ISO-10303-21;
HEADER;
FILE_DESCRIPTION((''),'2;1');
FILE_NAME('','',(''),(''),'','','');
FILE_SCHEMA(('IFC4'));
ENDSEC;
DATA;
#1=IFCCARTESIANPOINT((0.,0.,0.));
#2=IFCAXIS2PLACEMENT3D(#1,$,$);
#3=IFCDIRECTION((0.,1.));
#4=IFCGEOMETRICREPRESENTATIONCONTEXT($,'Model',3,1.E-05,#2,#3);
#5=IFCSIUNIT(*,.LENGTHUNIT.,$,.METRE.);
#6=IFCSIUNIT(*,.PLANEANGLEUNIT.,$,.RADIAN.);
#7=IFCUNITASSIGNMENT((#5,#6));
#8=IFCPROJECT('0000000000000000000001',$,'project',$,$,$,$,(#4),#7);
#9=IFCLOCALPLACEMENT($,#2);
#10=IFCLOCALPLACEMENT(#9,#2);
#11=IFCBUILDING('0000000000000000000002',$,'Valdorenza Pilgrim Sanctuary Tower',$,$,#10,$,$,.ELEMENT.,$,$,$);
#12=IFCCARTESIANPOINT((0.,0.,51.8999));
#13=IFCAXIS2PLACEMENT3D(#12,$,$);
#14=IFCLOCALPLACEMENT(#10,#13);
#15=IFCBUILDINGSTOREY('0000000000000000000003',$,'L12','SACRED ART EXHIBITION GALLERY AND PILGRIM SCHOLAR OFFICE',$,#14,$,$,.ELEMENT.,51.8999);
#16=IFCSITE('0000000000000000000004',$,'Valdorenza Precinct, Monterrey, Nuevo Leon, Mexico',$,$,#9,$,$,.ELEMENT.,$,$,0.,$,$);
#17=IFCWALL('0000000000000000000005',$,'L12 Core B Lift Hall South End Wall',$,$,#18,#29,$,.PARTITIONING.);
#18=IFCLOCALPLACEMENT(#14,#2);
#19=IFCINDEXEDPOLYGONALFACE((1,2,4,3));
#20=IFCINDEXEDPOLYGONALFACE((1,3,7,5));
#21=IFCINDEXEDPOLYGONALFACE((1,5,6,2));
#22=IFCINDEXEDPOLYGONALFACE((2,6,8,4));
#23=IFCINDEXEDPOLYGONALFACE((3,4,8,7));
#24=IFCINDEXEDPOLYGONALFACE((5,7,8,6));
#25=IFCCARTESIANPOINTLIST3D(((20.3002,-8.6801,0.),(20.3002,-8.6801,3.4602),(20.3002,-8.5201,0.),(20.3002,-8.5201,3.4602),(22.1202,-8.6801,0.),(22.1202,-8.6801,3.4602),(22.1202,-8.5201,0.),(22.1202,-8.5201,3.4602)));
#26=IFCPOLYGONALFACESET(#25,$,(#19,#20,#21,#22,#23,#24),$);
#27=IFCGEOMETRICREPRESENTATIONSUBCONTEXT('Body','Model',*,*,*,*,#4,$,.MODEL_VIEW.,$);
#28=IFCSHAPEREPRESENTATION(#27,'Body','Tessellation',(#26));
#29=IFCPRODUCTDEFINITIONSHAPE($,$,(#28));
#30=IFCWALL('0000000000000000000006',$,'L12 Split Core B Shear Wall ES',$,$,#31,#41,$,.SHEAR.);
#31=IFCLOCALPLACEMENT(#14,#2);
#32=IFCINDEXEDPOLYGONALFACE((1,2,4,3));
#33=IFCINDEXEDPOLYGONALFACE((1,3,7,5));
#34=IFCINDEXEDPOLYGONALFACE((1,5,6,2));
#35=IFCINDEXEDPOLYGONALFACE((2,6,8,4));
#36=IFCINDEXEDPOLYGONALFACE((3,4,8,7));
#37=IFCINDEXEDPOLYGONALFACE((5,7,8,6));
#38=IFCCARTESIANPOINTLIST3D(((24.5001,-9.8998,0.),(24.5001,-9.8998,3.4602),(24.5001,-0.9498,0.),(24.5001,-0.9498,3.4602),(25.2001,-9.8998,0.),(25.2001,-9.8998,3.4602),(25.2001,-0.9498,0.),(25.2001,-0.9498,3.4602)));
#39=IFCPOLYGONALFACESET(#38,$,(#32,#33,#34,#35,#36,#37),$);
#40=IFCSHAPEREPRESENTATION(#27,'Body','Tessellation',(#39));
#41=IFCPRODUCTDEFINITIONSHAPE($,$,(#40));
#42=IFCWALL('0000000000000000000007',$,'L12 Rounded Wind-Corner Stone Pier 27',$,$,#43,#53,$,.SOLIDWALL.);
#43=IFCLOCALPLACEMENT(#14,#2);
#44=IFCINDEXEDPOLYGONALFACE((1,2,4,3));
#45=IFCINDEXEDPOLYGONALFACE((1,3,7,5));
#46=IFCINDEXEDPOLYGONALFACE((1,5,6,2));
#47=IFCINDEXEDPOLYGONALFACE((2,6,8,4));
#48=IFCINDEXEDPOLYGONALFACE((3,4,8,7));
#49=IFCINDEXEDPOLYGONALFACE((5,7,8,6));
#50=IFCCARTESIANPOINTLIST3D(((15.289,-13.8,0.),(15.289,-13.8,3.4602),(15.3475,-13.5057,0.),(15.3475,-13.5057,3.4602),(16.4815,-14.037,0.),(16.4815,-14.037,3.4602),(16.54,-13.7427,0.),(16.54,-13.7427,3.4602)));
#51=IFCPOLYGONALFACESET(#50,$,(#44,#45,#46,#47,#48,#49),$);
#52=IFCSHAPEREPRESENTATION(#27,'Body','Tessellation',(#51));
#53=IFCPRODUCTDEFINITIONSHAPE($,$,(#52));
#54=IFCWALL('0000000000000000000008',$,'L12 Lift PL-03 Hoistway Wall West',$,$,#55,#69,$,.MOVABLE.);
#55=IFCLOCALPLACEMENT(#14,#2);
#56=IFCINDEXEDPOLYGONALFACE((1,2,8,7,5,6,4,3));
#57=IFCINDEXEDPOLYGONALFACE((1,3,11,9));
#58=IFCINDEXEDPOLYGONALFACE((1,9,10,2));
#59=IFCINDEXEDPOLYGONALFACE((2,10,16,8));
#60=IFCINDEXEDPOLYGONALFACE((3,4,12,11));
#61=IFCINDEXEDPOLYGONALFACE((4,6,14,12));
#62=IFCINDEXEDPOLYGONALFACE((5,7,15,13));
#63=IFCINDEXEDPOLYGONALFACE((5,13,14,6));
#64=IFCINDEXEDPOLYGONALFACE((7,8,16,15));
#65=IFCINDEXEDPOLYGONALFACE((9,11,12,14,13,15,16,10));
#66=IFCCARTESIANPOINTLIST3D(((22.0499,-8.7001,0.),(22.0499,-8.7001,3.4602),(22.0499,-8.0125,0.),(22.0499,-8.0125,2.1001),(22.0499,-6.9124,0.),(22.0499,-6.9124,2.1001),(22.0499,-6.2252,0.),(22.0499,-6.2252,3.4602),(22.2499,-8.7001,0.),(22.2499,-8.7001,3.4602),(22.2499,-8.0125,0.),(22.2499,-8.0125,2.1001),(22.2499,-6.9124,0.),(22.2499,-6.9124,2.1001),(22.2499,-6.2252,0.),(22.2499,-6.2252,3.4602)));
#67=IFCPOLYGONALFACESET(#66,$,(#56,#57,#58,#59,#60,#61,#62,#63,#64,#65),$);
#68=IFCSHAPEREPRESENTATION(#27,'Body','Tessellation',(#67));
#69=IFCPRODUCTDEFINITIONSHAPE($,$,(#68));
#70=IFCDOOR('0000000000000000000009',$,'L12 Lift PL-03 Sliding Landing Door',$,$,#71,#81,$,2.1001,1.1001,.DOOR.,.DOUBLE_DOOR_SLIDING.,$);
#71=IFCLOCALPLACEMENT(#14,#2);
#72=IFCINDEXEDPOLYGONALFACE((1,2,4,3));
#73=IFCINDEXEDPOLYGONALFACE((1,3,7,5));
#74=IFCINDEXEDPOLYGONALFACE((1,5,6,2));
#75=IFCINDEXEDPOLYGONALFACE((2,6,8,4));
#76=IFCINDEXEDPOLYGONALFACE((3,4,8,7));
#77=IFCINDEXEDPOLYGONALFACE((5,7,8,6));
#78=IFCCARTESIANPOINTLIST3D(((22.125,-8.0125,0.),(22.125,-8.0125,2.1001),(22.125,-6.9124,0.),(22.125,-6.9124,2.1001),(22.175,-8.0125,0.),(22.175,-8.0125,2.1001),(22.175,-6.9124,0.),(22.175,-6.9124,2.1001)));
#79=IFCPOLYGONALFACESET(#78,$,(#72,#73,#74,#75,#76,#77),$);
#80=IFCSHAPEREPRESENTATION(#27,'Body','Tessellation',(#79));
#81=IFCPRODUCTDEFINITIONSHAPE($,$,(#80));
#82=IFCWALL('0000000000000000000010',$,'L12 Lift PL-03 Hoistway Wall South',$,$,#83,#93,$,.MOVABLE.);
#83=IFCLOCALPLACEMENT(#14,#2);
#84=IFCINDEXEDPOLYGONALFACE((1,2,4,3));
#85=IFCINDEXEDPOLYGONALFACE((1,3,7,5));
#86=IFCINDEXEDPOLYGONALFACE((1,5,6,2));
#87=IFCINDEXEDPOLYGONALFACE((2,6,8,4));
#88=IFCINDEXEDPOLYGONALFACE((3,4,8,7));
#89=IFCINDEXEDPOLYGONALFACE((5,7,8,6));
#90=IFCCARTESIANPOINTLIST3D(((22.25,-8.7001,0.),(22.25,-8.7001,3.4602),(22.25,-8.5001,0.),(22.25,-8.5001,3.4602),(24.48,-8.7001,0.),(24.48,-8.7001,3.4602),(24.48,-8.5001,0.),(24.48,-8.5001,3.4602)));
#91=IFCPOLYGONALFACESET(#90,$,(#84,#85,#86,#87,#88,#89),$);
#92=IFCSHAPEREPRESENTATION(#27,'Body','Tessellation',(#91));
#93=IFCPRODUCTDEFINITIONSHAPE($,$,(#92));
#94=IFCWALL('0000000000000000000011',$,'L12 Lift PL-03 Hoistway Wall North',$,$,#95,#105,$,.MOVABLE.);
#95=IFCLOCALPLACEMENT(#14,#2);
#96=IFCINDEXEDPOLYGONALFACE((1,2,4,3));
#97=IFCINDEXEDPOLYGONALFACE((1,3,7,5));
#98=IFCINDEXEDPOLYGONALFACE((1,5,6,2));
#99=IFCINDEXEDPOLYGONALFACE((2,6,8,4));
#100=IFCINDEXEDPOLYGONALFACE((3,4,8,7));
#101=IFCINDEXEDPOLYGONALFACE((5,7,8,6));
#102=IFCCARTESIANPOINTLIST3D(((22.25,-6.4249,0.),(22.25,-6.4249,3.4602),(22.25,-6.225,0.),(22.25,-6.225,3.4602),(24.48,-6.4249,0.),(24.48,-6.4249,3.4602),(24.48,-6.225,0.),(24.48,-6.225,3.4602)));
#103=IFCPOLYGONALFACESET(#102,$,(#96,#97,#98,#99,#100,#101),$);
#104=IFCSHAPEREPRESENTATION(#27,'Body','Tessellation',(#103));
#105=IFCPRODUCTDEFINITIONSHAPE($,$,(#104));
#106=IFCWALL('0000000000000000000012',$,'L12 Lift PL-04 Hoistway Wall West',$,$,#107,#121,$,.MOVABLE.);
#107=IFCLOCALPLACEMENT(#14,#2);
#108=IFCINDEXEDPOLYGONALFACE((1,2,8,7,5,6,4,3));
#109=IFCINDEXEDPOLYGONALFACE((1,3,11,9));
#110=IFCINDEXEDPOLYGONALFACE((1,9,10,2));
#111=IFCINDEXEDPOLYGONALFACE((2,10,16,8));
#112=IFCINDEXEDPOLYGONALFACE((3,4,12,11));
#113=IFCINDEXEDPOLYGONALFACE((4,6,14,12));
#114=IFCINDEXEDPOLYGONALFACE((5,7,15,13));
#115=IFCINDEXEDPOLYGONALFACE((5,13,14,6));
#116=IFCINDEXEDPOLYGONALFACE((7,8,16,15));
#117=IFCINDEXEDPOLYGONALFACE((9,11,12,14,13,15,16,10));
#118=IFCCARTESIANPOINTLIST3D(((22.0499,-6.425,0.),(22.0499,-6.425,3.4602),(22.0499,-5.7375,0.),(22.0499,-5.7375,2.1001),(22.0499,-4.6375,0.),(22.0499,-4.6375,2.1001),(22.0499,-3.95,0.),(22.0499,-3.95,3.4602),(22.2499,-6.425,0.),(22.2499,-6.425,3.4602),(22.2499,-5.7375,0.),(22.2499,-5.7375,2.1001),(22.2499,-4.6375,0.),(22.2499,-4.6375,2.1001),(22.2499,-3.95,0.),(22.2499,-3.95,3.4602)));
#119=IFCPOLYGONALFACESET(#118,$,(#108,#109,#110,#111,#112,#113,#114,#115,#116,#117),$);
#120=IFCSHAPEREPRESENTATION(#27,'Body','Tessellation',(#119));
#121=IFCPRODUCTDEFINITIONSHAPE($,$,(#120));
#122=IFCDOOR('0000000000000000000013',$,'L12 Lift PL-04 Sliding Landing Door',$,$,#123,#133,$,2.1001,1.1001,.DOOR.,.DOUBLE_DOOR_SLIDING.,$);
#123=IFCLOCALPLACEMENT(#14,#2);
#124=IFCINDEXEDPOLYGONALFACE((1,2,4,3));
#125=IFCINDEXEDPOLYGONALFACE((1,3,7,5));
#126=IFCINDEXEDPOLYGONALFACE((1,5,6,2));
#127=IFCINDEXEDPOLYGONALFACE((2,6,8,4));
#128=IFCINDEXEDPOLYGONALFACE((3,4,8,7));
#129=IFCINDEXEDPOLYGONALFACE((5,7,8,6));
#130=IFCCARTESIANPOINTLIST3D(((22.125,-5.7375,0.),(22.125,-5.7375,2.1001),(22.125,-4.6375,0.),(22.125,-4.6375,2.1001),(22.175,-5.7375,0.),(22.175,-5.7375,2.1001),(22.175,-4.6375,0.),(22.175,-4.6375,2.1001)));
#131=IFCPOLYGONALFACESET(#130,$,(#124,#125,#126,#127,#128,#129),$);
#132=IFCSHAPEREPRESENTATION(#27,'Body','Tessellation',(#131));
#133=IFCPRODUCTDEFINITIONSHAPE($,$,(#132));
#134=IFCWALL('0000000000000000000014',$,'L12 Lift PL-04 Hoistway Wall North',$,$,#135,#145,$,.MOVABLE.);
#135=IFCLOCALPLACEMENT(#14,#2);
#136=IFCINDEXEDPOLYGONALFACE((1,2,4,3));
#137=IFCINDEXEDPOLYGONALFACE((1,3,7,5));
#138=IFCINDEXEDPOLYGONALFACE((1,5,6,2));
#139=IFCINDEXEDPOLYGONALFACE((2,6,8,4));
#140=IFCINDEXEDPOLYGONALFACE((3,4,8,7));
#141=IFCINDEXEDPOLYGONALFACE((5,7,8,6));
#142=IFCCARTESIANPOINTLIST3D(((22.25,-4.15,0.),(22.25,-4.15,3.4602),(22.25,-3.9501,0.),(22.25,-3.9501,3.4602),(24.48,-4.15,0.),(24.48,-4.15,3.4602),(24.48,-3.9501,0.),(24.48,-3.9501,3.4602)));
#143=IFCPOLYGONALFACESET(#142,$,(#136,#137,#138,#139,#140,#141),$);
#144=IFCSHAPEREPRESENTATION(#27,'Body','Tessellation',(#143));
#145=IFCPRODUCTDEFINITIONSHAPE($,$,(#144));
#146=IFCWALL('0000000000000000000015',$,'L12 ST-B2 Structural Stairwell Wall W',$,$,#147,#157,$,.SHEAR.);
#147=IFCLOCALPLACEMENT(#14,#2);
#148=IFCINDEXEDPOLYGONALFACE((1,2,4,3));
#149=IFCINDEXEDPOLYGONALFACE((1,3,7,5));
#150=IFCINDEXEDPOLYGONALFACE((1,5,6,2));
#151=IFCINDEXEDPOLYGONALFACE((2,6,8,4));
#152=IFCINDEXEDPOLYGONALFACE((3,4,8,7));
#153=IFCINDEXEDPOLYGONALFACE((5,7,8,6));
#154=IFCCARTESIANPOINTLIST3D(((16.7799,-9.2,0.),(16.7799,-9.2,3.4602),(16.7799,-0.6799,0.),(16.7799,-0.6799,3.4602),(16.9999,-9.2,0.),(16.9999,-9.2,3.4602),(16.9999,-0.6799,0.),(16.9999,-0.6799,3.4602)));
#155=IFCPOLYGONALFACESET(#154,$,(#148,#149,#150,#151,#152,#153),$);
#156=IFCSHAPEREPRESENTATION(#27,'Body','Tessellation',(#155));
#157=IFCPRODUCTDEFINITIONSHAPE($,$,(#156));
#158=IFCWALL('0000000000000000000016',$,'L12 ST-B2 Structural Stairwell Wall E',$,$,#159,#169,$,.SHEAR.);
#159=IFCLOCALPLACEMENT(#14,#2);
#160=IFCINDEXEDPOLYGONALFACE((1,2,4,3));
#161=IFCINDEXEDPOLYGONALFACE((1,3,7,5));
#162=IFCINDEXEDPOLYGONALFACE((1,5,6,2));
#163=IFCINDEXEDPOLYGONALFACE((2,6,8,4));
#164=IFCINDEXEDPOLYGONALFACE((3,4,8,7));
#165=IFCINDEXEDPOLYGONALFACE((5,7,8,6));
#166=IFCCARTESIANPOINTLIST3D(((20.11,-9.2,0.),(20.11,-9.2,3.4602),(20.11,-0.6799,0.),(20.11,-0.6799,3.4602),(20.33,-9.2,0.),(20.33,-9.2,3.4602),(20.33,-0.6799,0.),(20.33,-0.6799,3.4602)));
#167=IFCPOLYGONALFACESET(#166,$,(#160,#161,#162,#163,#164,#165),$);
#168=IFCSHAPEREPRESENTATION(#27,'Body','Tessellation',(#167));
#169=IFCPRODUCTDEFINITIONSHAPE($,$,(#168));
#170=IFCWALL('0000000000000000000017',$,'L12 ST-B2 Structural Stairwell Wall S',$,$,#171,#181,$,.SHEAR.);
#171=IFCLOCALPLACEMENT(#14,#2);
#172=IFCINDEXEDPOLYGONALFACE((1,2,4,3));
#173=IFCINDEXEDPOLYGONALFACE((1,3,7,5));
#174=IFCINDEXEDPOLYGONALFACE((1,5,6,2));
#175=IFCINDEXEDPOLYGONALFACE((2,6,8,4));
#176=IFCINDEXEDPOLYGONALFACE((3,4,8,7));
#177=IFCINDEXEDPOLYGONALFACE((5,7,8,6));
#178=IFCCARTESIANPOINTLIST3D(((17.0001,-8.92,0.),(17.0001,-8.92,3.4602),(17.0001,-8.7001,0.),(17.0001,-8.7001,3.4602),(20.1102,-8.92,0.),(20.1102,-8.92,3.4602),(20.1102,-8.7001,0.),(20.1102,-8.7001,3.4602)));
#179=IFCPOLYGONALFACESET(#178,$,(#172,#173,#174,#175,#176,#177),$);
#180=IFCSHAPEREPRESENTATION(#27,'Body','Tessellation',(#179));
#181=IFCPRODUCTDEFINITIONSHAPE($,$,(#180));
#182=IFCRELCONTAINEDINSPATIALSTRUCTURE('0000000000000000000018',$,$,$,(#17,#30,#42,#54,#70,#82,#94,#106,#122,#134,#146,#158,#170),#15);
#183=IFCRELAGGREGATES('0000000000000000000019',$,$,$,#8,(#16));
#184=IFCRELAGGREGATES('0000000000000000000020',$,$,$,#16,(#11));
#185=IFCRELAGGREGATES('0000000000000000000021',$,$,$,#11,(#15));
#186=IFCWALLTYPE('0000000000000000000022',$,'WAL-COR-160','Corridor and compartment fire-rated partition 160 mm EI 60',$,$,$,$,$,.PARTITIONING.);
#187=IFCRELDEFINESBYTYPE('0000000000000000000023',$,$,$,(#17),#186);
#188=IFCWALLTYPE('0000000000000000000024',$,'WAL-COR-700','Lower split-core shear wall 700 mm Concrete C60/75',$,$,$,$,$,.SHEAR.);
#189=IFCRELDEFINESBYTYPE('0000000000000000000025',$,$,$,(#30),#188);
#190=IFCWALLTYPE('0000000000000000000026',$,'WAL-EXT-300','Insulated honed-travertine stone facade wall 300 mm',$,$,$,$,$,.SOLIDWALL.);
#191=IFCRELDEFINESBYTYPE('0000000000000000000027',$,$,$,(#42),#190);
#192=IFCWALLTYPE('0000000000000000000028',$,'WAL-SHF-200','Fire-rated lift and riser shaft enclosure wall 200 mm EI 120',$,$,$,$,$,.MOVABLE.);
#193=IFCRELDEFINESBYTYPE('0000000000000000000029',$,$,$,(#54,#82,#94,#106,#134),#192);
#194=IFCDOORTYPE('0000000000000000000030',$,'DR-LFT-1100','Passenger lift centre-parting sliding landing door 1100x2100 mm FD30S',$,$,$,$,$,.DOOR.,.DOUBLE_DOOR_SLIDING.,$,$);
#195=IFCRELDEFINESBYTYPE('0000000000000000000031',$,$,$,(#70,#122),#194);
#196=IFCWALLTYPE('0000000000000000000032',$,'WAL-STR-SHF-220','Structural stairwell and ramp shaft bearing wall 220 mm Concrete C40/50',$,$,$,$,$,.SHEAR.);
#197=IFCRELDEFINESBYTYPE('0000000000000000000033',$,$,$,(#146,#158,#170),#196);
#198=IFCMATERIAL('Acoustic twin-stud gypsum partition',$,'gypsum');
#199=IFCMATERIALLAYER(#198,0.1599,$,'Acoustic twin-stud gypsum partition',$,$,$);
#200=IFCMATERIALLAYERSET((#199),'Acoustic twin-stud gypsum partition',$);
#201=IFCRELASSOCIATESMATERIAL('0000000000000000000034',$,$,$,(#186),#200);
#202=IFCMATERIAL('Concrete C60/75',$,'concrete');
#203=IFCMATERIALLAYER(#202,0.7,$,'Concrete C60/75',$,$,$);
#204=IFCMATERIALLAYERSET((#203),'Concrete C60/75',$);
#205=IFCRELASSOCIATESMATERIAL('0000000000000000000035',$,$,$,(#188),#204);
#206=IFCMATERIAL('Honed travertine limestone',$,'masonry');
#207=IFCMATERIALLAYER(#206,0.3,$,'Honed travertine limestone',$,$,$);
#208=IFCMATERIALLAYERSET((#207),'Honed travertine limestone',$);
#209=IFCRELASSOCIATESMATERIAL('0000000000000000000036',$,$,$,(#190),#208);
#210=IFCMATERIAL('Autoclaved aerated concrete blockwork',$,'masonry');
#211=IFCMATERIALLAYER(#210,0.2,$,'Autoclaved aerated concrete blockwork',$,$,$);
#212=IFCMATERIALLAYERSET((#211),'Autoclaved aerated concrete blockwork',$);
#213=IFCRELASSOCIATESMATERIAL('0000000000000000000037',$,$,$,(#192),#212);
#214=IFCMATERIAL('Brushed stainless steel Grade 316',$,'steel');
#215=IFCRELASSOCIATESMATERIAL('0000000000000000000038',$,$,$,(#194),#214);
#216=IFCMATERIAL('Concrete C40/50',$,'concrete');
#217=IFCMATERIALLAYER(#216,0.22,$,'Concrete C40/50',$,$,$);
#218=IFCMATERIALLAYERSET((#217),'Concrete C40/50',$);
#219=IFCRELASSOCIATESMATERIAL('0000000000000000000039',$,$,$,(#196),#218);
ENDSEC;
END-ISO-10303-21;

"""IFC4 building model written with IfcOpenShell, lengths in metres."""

from ifc_helpers import new_model, si_unit, direction, frame, frame_2d, origin, place, context, subcontext, project, spatial, rectangle, extrude, material, layer, layer_set, type_object, element, fill, save


model = new_model("IFC4")

# Units and contexts
model_context = context("Model", 3, precision=1e-05, world=origin(), true_north=direction((0.0, 1.0)))
body_context = subcontext(model_context, "Body", "Model", "MODEL_VIEW")
ifc_project = project(units=[si_unit("LENGTHUNIT", "METRE"), si_unit("PLANEANGLEUNIT", "RADIAN")], contexts=[model_context])

# Site, building, storey
site_placement = place(None, origin())
site = spatial("IfcSite", under=ifc_project, at=site_placement, Name="Valdorenza Precinct, Monterrey, Nuevo Leon, Mexico", CompositionType="ELEMENT", RefElevation=0.0)
building_placement = place(site_placement, origin())
building = spatial("IfcBuilding", under=site, at=building_placement, Name="Valdorenza Pilgrim Sanctuary Tower", CompositionType="ELEMENT")
storey_placement = place(building_placement, frame((0.0, 0.0, 51.8999)))
storey = spatial("IfcBuildingStorey", under=building, at=storey_placement, Name="L12", Description="SACRED ART EXHIBITION GALLERY AND PILGRIM SCHOLAR OFFICE", CompositionType="ELEMENT", Elevation=51.8999)

# Shared definitions
ifc_material_1 = material(Name="Concrete C60/75", Category="concrete")

# Walls
ifc_material_2 = material(Name="Acoustic twin-stud gypsum partition", Category="gypsum")
ifc_layer_1 = layer(ifc_material_2, 0.1599, Name="Acoustic twin-stud gypsum partition")
ifc_layer_set_1 = layer_set([ifc_layer_1], Name="Acoustic twin-stud gypsum partition")
wall_type_1 = type_object("IfcWallType", Name="WAL-COR-160", Description="Corridor and compartment fire-rated partition 160 mm EI 60", PredefinedType="PARTITIONING", material=ifc_layer_set_1)
wall_1_placement = place(storey_placement, frame((20.3, -8.6001, 0.0), z_axis=(0.0, 0.0, 1.0), x_axis=(1.0, 0.0, 0.0)))
element("IfcWall", 1, at=wall_1_placement, inside=storey, type_object=wall_type_1, Name="L12 Core B Lift Hall South End Wall", PredefinedType="PARTITIONING", context=body_context, shape_type="SweptSolid", body=[
    extrude(rectangle(XDim=1.8201, YDim=0.1599, at=frame_2d((0.9102, 0.0))), origin(), (0.0, 0.0, 1.0), 3.4602),
])
ifc_layer_2 = layer(ifc_material_1, 0.7, Name="Concrete C60/75")
ifc_layer_set_2 = layer_set([ifc_layer_2], Name="Concrete C60/75")
wall_type_2 = type_object("IfcWallType", Name="WAL-COR-700", Description="Lower split-core shear wall 700 mm Concrete C60/75", PredefinedType="SHEAR", material=ifc_layer_set_2)
wall_2_placement = place(storey_placement, frame((24.8501, -9.8999, 0.0), z_axis=(0.0, 0.0, 1.0), x_axis=(0.0, 1.0, 0.0)))
element("IfcWall", 2, at=wall_2_placement, inside=storey, type_object=wall_type_2, Name="L12 Split Core B Shear Wall ES", PredefinedType="SHEAR", context=body_context, shape_type="SweptSolid", body=[
    extrude(rectangle(XDim=8.95, YDim=0.7, at=frame_2d((4.4751, 0.0))), origin(), (0.0, 0.0, 1.0), 3.4602),
])
ifc_material_3 = material(Name="Honed travertine limestone", Category="masonry")
ifc_layer_3 = layer(ifc_material_3, 0.3, Name="Honed travertine limestone")
ifc_layer_set_3 = layer_set([ifc_layer_3], Name="Honed travertine limestone")
wall_type_3 = type_object("IfcWallType", Name="WAL-EXT-300", Description="Insulated honed-travertine stone facade wall 300 mm", PredefinedType="SOLIDWALL", material=ifc_layer_set_3)
wall_3_placement = place(storey_placement, frame((16.5107, -13.8899, 0.0), z_axis=(0.0, 0.0, 1.0), x_axis=(-0.980804, 0.194996, 0.0)))
element("IfcWall", 3, at=wall_3_placement, inside=storey, type_object=wall_type_3, Name="L12 Rounded Wind-Corner Stone Pier 27", PredefinedType="SOLIDWALL", context=body_context, shape_type="SweptSolid", body=[
    extrude(rectangle(XDim=1.2158, YDim=0.3, at=frame_2d((0.6079, 0.0))), origin(), (0.0, 0.0, 1.0), 3.4602),
])

# Wall, opening, door
ifc_material_4 = material(Name="Autoclaved aerated concrete blockwork", Category="masonry")
ifc_layer_4 = layer(ifc_material_4, 0.2, Name="Autoclaved aerated concrete blockwork")
ifc_layer_set_4 = layer_set([ifc_layer_4], Name="Autoclaved aerated concrete blockwork")
wall_type_4 = type_object("IfcWallType", Name="WAL-SHF-200", Description="Fire-rated lift and riser shaft enclosure wall 200 mm EI 120", PredefinedType="MOVABLE", material=ifc_layer_set_4)
wall_4_placement = place(storey_placement, frame((22.1499, -8.7, 0.0), z_axis=(0.0, 0.0, 1.0), x_axis=(0.0, 1.0, 0.0)))
wall_4 = element("IfcWall", 4, at=wall_4_placement, inside=storey, type_object=wall_type_4, Name="L12 Lift PL-03 Hoistway Wall West", PredefinedType="MOVABLE", context=body_context, shape_type="SweptSolid", body=[
    extrude(rectangle(XDim=2.4749, YDim=0.2, at=frame_2d((1.2373, 0.0))), origin(), (0.0, 0.0, 1.0), 3.4602),
])
opening_1_placement = place(wall_4_placement, frame((0.6875, 0.0, 0.0)))
opening_1 = element("IfcOpeningElement", 5, at=opening_1_placement, cuts=wall_4, PredefinedType="OPENING", context=body_context, shape_type="SweptSolid", body=[
    extrude(rectangle(XDim=1.1001, YDim=2.1001, at=frame_2d((0.55, 1.05))), frame((0.0, 0.1147, 0.0), z_axis=(0.0, -1.0, 0.0), x_axis=(1.0, 0.0, 0.0)), (0.0, 0.0, 1.0), 0.2297),
])
ifc_material_5 = material(Name="Brushed stainless steel Grade 316", Category="steel")
door_type_1 = type_object("IfcDoorType", Name="DR-LFT-1100", Description="Passenger lift centre-parting sliding landing door 1100x2100 mm FD30S", OperationType="DOUBLE_DOOR_SLIDING", PredefinedType="DOOR", material=ifc_material_5)
door_1_placement = place(opening_1_placement, origin())
door_1 = element("IfcDoor", 6, at=door_1_placement, inside=storey, type_object=door_type_1, Name="L12 Lift PL-03 Sliding Landing Door", OperationType="DOUBLE_DOOR_SLIDING", OverallHeight=2.1001, OverallWidth=1.1001, PredefinedType="DOOR", context=body_context, shape_type="SweptSolid", body=[
    extrude(rectangle(XDim=1.1001, YDim=2.1001, at=frame_2d((0.55, 1.05))), frame((0.0, 0.0249, 0.0), z_axis=(0.0, -1.0, 0.0), x_axis=(1.0, 0.0, 0.0)), (0.0, 0.0, 1.0), 0.05),
])
fill(opening_1, door_1)

# Walls
for number, where, z_axis, x_axis, name in (
    (7, (22.25, -8.6001, 0.0), (0.0, 0.0, 1.0), (1.0, 0.0, 0.0), "L12 Lift PL-03 Hoistway Wall South"),
    (8, (22.25, -6.325, 0.0), (0.0, 0.0, 1.0), (1.0, 0.0, 0.0), "L12 Lift PL-03 Hoistway Wall North"),
):
    element("IfcWall", number, at=place(storey_placement, frame(where, z_axis=z_axis, x_axis=x_axis)), inside=storey, type_object=wall_type_4, Name=name, PredefinedType="MOVABLE", context=body_context, shape_type="SweptSolid", body=[
        extrude(rectangle(XDim=2.23, YDim=0.2, at=frame_2d((1.115, 0.0))), origin(), (0.0, 0.0, 1.0), 3.4602),
    ])

# Wall, opening, door
wall_5_placement = place(storey_placement, frame((22.1499, -6.425, 0.0), z_axis=(0.0, 0.0, 1.0), x_axis=(0.0, 1.0, 0.0)))
wall_5 = element("IfcWall", 9, at=wall_5_placement, inside=storey, type_object=wall_type_4, Name="L12 Lift PL-04 Hoistway Wall West", PredefinedType="MOVABLE", context=body_context, shape_type="SweptSolid", body=[
    extrude(rectangle(XDim=2.4751, YDim=0.2, at=frame_2d((1.2375, 0.0))), origin(), (0.0, 0.0, 1.0), 3.4602),
])
opening_2_placement = place(wall_5_placement, frame((0.6875, 0.0, 0.0)))
opening_2 = element("IfcOpeningElement", 10, at=opening_2_placement, cuts=wall_5, PredefinedType="OPENING", context=body_context, shape_type="SweptSolid", body=[
    extrude(rectangle(XDim=1.1001, YDim=2.1001, at=frame_2d((0.55, 1.05))), frame((0.0, 0.1147, 0.0), z_axis=(0.0, -1.0, 0.0), x_axis=(1.0, 0.0, 0.0)), (0.0, 0.0, 1.0), 0.2297),
])
door_2_placement = place(opening_2_placement, origin())
door_2 = element("IfcDoor", 11, at=door_2_placement, inside=storey, type_object=door_type_1, Name="L12 Lift PL-04 Sliding Landing Door", OperationType="DOUBLE_DOOR_SLIDING", OverallHeight=2.1001, OverallWidth=1.1001, PredefinedType="DOOR", context=body_context, shape_type="SweptSolid", body=[
    extrude(rectangle(XDim=1.1001, YDim=2.1001, at=frame_2d((0.55, 1.05))), frame((0.0, 0.0249, 0.0), z_axis=(0.0, -1.0, 0.0), x_axis=(1.0, 0.0, 0.0)), (0.0, 0.0, 1.0), 0.05),
])
fill(opening_2, door_2)

# Walls
wall_6_placement = place(storey_placement, frame((22.25, -4.05, 0.0), z_axis=(0.0, 0.0, 1.0), x_axis=(1.0, 0.0, 0.0)))
element("IfcWall", 12, at=wall_6_placement, inside=storey, type_object=wall_type_4, Name="L12 Lift PL-04 Hoistway Wall North", PredefinedType="MOVABLE", context=body_context, shape_type="SweptSolid", body=[
    extrude(rectangle(XDim=2.23, YDim=0.2, at=frame_2d((1.115, 0.0))), origin(), (0.0, 0.0, 1.0), 3.4602),
])
ifc_material_6 = material(Name="Concrete C40/50", Category="concrete")
ifc_layer_5 = layer(ifc_material_6, 0.22, Name="Concrete C40/50")
ifc_layer_set_5 = layer_set([ifc_layer_5], Name="Concrete C40/50")
wall_type_5 = type_object("IfcWallType", Name="WAL-STR-SHF-220", Description="Structural stairwell and ramp shaft bearing wall 220 mm Concrete C40/50", PredefinedType="SHEAR", material=ifc_layer_set_5)
for number, where, z_axis, x_axis, name in (
    (13, (16.8899, -9.2, 0.0), (0.0, 0.0, 1.0), (0.0, 1.0, 0.0), "L12 ST-B2 Structural Stairwell Wall W"),
    (14, (20.22, -9.2, 0.0), (0.0, 0.0, 1.0), (0.0, 1.0, 0.0), "L12 ST-B2 Structural Stairwell Wall E"),
):
    element("IfcWall", number, at=place(storey_placement, frame(where, z_axis=z_axis, x_axis=x_axis)), inside=storey, type_object=wall_type_5, Name=name, PredefinedType="SHEAR", context=body_context, shape_type="SweptSolid", body=[
        extrude(rectangle(XDim=8.52, YDim=0.22, at=frame_2d((4.26, 0.0))), origin(), (0.0, 0.0, 1.0), 3.4602),
    ])
wall_7_placement = place(storey_placement, frame((17.0, -8.8101, 0.0), z_axis=(0.0, 0.0, 1.0), x_axis=(1.0, 0.0, 0.0)))
element("IfcWall", 15, at=wall_7_placement, inside=storey, type_object=wall_type_5, Name="L12 ST-B2 Structural Stairwell Wall S", PredefinedType="SHEAR", context=body_context, shape_type="SweptSolid", body=[
    extrude(rectangle(XDim=3.1101, YDim=0.22, at=frame_2d((1.5552, 0.0))), origin(), (0.0, 0.0, 1.0), 3.4602),
])

save(model, "model.ifc")
